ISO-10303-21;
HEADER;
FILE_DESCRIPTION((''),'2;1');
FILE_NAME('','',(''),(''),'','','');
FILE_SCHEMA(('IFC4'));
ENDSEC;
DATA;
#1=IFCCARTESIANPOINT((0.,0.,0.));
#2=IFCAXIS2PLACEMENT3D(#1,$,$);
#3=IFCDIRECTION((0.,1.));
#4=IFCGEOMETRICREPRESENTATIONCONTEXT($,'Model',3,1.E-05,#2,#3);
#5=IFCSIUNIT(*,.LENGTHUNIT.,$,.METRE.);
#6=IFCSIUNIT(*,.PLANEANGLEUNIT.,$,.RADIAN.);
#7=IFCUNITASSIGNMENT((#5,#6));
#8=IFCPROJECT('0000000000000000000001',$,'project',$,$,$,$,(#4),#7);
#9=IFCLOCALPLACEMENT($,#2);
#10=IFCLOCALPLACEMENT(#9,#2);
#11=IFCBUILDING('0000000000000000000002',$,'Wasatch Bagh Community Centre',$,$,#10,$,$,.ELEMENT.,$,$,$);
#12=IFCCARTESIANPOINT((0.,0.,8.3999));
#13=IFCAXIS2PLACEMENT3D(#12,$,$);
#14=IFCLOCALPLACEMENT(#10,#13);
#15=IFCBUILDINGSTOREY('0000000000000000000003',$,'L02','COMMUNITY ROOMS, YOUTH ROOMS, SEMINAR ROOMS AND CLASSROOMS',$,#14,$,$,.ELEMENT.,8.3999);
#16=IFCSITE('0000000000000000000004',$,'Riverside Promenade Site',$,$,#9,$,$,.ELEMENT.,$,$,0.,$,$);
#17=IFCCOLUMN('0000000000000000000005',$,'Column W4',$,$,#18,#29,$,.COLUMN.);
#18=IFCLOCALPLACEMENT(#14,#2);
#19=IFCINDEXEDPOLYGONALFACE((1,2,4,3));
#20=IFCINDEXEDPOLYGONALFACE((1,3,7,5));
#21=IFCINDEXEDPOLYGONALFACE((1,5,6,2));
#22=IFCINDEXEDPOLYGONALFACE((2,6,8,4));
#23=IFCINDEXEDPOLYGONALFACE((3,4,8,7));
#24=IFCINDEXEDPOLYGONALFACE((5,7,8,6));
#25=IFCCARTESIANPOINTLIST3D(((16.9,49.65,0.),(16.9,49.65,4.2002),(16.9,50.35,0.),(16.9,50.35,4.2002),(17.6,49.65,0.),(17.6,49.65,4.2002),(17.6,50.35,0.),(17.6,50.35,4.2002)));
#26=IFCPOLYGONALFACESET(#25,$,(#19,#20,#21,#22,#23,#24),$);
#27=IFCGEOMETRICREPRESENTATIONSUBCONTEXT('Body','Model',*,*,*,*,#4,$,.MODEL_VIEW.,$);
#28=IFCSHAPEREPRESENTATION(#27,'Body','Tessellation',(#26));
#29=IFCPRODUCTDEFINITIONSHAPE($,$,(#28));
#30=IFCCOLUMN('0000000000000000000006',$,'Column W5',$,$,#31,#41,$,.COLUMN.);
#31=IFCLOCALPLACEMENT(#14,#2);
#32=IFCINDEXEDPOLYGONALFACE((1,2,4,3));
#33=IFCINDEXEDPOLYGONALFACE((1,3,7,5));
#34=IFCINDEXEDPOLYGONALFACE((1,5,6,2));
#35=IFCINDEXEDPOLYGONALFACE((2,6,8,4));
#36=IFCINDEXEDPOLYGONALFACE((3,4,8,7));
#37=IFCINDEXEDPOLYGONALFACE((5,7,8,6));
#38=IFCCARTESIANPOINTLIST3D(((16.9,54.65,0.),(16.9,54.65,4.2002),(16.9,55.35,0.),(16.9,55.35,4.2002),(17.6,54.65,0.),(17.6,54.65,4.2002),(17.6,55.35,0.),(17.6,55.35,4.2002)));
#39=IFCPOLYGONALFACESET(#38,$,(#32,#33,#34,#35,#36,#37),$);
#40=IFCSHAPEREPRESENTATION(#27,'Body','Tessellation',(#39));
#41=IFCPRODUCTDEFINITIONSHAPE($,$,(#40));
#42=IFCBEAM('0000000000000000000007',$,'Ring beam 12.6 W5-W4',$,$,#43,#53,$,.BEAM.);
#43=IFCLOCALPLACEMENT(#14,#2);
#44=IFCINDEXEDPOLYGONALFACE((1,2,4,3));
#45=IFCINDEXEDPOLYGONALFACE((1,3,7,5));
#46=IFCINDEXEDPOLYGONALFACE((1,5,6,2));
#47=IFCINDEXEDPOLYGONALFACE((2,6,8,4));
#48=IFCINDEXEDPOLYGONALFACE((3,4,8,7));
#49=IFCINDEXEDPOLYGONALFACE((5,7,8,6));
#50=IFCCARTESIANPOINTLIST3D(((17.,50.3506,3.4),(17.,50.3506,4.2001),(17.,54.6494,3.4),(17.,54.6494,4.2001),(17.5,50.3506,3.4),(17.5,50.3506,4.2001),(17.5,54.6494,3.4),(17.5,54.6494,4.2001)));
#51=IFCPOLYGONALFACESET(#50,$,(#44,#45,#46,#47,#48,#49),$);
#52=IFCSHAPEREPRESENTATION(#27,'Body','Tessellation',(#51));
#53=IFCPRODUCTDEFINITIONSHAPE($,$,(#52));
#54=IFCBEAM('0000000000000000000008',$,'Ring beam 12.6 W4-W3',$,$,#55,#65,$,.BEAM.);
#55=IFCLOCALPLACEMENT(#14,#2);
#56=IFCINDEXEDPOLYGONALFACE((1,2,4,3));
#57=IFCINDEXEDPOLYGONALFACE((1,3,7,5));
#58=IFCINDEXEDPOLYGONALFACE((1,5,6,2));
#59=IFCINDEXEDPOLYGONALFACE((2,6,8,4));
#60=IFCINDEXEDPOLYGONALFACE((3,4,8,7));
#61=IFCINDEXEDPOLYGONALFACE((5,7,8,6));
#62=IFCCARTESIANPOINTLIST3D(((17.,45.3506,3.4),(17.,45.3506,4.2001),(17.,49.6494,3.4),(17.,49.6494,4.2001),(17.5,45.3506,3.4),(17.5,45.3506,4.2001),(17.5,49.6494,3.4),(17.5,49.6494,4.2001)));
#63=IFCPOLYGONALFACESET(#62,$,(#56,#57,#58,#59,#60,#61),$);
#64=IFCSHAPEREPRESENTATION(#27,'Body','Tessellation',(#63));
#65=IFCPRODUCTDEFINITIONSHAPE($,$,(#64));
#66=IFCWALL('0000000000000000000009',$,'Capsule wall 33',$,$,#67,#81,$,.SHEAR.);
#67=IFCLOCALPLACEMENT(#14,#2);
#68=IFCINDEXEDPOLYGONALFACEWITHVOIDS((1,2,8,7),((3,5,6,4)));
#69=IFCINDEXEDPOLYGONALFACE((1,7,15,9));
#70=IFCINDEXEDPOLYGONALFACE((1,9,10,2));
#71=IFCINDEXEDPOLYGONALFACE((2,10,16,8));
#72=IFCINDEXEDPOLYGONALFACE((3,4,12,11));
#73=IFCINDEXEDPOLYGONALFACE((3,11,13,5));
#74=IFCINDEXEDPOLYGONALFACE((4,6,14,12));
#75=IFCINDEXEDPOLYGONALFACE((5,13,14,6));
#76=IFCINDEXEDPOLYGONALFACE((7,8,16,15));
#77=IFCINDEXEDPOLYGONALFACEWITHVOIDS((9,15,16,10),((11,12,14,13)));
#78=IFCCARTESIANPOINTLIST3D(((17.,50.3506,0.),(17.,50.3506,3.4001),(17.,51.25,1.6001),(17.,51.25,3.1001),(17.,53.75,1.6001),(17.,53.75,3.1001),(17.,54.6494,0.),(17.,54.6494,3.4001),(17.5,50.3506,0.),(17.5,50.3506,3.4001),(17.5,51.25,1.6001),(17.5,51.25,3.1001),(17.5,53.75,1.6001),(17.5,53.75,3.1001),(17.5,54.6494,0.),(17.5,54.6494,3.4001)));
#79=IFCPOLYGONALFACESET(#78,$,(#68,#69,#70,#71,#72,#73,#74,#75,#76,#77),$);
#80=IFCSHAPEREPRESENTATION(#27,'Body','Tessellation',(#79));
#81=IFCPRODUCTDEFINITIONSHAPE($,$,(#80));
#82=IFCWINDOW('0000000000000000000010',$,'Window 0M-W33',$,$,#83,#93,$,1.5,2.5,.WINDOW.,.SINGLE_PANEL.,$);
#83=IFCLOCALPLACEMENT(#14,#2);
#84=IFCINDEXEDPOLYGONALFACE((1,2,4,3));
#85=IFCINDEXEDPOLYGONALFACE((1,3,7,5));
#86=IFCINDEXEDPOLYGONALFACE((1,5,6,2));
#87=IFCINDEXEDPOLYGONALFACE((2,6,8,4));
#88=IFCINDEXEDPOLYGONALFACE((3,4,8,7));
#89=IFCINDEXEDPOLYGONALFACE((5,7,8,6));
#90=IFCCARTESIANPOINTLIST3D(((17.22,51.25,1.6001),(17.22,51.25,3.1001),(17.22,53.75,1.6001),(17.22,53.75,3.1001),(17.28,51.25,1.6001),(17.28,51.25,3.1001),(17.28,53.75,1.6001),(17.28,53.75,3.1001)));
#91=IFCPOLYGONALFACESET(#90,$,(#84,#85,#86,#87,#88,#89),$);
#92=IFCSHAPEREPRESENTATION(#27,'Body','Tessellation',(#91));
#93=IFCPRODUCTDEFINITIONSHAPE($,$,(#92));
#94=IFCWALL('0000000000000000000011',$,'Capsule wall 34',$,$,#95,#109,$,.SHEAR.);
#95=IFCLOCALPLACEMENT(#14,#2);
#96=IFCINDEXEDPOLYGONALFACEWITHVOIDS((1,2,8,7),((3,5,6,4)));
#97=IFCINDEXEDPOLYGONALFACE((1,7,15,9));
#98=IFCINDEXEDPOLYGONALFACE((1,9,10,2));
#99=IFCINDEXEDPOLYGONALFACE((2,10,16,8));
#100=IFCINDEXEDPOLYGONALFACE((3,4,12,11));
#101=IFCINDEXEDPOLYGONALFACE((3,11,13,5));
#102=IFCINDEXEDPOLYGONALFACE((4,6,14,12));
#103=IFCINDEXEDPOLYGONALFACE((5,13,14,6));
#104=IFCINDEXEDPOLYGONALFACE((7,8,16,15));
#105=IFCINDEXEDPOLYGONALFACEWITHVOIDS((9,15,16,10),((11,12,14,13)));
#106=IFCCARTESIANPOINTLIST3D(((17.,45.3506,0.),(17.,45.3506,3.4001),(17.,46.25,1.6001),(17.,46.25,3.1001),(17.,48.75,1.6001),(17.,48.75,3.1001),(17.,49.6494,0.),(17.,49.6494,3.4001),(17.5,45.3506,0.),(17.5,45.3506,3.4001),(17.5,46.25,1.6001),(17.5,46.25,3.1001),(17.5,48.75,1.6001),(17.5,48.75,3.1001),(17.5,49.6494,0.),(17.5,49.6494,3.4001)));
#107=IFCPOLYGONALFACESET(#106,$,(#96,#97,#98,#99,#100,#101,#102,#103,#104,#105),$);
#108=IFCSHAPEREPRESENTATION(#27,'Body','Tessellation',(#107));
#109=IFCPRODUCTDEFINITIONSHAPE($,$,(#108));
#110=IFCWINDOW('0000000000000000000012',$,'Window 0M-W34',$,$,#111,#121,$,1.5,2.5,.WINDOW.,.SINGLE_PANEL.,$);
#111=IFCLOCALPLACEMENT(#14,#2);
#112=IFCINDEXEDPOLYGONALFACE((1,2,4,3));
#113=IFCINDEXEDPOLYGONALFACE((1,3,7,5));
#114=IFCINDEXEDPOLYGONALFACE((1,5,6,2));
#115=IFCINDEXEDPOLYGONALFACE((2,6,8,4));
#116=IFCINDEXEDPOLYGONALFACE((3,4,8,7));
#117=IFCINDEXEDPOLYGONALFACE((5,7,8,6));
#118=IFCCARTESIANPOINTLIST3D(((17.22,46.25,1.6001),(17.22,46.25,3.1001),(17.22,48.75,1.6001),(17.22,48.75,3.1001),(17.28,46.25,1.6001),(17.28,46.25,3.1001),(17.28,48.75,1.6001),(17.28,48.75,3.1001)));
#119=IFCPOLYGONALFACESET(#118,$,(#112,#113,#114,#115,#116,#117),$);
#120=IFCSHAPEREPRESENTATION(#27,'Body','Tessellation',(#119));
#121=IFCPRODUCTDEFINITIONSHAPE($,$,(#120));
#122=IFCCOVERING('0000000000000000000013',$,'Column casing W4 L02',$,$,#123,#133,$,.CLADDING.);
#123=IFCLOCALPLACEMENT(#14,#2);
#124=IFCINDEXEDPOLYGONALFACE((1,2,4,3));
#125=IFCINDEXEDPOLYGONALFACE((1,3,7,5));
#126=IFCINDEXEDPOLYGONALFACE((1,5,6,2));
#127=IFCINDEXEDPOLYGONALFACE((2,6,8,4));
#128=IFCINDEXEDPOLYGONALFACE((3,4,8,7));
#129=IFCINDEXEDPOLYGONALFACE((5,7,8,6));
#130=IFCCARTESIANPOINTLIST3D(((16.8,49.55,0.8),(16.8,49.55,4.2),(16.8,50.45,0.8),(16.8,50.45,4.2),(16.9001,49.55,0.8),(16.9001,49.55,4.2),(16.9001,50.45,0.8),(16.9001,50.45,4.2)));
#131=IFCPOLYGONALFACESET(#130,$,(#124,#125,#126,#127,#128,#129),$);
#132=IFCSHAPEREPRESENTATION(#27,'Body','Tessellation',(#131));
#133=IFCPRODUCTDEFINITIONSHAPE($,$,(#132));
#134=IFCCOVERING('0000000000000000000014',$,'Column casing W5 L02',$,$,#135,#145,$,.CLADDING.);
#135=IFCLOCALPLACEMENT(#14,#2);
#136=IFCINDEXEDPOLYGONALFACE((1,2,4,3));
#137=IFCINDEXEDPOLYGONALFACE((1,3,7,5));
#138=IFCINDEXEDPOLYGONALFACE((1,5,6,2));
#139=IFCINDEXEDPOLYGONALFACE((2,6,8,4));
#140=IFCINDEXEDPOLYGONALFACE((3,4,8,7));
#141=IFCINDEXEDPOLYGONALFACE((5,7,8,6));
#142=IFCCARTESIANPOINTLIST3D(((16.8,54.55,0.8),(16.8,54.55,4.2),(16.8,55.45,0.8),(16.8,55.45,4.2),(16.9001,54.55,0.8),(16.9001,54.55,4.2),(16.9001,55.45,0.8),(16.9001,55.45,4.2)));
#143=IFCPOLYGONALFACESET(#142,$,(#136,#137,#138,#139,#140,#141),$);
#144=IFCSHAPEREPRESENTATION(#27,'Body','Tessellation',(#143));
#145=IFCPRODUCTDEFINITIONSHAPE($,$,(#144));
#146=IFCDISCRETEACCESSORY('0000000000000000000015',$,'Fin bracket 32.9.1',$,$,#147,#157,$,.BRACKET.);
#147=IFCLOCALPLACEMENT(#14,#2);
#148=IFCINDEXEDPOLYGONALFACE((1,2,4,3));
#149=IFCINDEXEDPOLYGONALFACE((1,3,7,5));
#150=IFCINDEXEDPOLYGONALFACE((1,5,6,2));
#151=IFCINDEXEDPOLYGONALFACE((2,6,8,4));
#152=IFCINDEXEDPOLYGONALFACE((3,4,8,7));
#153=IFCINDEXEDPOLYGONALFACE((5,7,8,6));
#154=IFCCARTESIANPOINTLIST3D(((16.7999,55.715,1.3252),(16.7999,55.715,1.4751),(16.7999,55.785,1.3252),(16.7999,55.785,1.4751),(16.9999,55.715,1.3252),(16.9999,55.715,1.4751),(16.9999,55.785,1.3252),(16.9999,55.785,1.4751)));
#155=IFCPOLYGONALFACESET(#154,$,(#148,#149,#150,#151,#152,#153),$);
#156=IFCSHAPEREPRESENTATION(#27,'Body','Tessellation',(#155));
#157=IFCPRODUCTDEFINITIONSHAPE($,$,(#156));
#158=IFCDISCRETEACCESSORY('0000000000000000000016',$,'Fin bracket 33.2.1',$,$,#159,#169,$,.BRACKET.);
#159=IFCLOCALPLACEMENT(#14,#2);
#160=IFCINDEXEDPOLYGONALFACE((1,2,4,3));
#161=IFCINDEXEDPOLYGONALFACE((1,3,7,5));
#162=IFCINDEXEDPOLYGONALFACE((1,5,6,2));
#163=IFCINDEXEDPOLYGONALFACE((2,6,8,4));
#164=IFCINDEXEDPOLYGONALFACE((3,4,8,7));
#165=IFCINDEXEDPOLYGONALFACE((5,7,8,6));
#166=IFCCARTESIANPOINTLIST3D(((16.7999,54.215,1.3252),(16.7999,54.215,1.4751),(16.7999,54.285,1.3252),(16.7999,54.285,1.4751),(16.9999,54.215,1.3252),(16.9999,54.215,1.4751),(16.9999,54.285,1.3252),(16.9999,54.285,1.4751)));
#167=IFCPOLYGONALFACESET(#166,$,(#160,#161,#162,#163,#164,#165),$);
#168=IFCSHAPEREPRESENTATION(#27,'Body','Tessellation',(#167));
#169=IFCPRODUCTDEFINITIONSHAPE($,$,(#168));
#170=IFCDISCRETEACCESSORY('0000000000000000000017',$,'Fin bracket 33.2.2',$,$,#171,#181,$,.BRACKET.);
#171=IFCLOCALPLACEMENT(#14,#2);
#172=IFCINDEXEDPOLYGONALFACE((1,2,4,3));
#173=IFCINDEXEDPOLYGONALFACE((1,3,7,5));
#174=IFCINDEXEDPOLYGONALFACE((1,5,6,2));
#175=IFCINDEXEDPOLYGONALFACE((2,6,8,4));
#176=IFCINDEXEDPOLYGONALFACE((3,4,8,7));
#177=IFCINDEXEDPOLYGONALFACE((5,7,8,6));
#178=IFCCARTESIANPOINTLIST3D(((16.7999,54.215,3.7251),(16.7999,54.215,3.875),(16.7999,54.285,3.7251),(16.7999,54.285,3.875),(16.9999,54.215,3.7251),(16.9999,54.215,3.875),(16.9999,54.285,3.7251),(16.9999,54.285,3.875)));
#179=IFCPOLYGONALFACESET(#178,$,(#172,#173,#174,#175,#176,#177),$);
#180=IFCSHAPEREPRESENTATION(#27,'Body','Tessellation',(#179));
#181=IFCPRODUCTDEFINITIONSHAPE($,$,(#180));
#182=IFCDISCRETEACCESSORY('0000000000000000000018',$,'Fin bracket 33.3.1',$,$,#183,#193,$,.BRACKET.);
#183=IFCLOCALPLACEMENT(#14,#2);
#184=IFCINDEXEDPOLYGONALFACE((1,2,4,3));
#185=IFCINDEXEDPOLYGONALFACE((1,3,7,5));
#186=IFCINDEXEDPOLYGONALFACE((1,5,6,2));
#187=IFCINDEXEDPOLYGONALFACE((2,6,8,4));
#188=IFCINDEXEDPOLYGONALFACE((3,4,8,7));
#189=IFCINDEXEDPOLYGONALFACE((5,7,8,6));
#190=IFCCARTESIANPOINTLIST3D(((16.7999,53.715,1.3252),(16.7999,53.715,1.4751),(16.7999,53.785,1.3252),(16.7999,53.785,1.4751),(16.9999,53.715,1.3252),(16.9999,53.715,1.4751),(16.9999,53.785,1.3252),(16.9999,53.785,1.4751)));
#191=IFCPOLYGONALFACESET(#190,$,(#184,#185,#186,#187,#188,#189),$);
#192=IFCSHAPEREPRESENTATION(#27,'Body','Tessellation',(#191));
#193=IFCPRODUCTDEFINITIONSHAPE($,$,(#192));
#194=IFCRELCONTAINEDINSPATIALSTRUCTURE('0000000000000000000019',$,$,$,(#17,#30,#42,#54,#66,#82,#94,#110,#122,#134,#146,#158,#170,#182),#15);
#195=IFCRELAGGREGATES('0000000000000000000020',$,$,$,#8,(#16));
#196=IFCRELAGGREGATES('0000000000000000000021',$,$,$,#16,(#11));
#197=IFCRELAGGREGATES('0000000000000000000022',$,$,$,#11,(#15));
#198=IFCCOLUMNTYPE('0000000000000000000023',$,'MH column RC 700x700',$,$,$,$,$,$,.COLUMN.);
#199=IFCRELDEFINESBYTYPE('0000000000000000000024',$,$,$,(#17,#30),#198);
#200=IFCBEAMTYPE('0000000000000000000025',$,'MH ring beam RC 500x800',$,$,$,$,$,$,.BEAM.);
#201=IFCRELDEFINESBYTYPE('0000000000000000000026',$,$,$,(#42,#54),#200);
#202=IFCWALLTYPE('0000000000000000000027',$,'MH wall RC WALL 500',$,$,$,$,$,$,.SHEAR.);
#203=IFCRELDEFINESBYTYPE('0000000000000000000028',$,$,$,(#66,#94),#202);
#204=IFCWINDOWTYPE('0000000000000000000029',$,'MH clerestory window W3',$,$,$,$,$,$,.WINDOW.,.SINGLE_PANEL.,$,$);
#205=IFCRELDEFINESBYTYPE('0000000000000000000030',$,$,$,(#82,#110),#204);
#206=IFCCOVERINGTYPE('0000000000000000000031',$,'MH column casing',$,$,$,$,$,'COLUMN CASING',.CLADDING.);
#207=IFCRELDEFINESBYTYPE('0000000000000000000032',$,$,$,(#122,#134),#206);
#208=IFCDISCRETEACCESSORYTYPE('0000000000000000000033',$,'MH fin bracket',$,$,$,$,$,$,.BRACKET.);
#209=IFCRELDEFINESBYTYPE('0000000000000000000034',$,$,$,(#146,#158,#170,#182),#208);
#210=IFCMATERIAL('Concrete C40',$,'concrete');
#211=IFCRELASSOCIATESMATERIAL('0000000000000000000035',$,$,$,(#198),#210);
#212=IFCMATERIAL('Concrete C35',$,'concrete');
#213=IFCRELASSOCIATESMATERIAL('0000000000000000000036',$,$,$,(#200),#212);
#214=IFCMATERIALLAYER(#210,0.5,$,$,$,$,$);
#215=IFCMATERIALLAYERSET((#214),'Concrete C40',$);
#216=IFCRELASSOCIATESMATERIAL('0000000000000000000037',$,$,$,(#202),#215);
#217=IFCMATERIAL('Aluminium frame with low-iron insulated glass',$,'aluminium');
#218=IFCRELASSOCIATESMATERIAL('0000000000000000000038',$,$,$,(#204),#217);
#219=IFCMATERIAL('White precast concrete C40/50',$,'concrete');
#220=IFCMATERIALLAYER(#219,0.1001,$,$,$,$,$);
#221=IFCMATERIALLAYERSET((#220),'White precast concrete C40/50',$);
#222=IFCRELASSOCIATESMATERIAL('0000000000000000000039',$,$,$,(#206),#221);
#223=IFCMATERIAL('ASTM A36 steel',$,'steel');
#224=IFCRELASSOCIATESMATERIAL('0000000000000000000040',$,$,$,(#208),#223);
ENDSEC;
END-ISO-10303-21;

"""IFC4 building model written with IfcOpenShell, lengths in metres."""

from ifc_helpers import new_model, si_unit, direction, frame, frame_2d, origin, origin_2d, place, context, subcontext, project, spatial, rectangle, extrude, material, layer, layer_set, material_profile, profile_set, type_object, element, fill, save


model = new_model("IFC4")

# Units and contexts
model_context = context("Model", 3, precision=1e-05, world=origin(), true_north=direction((0.0, 1.0)))
body_context = subcontext(model_context, "Body", "Model", "MODEL_VIEW")
ifc_project = project(units=[si_unit("LENGTHUNIT", "METRE"), si_unit("PLANEANGLEUNIT", "RADIAN")], contexts=[model_context])

# Site, building, storey
site_placement = place(None, origin())
site = spatial("IfcSite", under=ifc_project, at=site_placement, Name="Riverside Promenade Site", CompositionType="ELEMENT", RefElevation=0.0)
building_placement = place(site_placement, origin())
building = spatial("IfcBuilding", under=site, at=building_placement, Name="Wasatch Bagh Community Centre", CompositionType="ELEMENT")
storey_placement = place(building_placement, frame((0.0, 0.0, 8.3999)))
storey = spatial("IfcBuildingStorey", under=building, at=storey_placement, Name="L02", Description="COMMUNITY ROOMS, YOUTH ROOMS, SEMINAR ROOMS AND CLASSROOMS", CompositionType="ELEMENT", Elevation=8.3999)

# Columns
ifc_material_1 = material(Name="Concrete C40", Category="concrete")
ifc_material_profile_1 = material_profile(ifc_material_1, rectangle(XDim=0.7, YDim=0.7, at=origin_2d()), Name="RC 700x700")
ifc_profile_set_1 = profile_set([ifc_material_profile_1], Name="Concrete C40")
column_type = type_object("IfcColumnType", Name="MH column RC 700x700", PredefinedType="COLUMN", material=ifc_profile_set_1)
for number, where, z_axis, x_axis, name in (
    (1, (17.25, 50.0, 0.0), (0.0, 0.0, 1.0), (1.0, 0.0, 0.0), "Column W4"),
    (2, (17.25, 55.0, 0.0), (0.0, 0.0, 1.0), (1.0, 0.0, 0.0), "Column W5"),
):
    element("IfcColumn", number, at=place(storey_placement, frame(where, z_axis=z_axis, x_axis=x_axis)), inside=storey, type_object=column_type, Name=name, PredefinedType="COLUMN", context=body_context, shape_type="SweptSolid", body=[
        extrude(rectangle(XDim=0.7, YDim=0.7, at=origin_2d()), origin(), (0.0, 0.0, 1.0), 4.2002),
    ])

# Beams
ifc_material_2 = material(Name="Concrete C35", Category="concrete")
ifc_material_profile_2 = material_profile(ifc_material_2, rectangle(XDim=0.5, YDim=0.8, at=origin_2d()), Name="RC 500x800")
ifc_profile_set_2 = profile_set([ifc_material_profile_2], Name="Concrete C35")
beam_type = type_object("IfcBeamType", Name="MH ring beam RC 500x800", PredefinedType="BEAM", material=ifc_profile_set_2)
for number, where, z_axis, x_axis, name in (
    (3, (17.25, 54.6494, 3.8), (0.0, -1.0, 0.0), (1.0, 0.0, 0.0), "Ring beam 12.6 W5-W4"),
    (4, (17.25, 49.6494, 3.8), (0.0, -1.0, 0.0), (1.0, 0.0, 0.0), "Ring beam 12.6 W4-W3"),
):
    element("IfcBeam", number, at=place(storey_placement, frame(where, z_axis=z_axis, x_axis=x_axis)), inside=storey, type_object=beam_type, Name=name, PredefinedType="BEAM", context=body_context, shape_type="SweptSolid", body=[
        extrude(rectangle(XDim=0.5, YDim=0.8, at=origin_2d()), origin(), (0.0, 0.0, 1.0), 4.2988),
    ])

# Walls, openings, windows
ifc_layer_1 = layer(ifc_material_1, 0.5)
ifc_layer_set_1 = layer_set([ifc_layer_1], Name="Concrete C40")
wall_type = type_object("IfcWallType", Name="MH wall RC WALL 500", PredefinedType="SHEAR", material=ifc_layer_set_1)
wall_1_placement = place(storey_placement, frame((17.25, 54.6494, 0.0), z_axis=(0.0, 0.0, 1.0), x_axis=(0.0, -1.0, 0.0)))
wall_1 = element("IfcWall", 5, at=wall_1_placement, inside=storey, type_object=wall_type, Name="Capsule wall 33", PredefinedType="SHEAR", context=body_context, shape_type="SweptSolid", body=[
    extrude(rectangle(XDim=4.2988, YDim=0.5, at=frame_2d((2.1494, 0.0))), origin(), (0.0, 0.0, 1.0), 3.4001),
])
opening_1_placement = place(wall_1_placement, frame((0.8994, 0.0, 1.6001)))
opening_1 = element("IfcOpeningElement", 6, at=opening_1_placement, cuts=wall_1, PredefinedType="OPENING", context=body_context, shape_type="SweptSolid", body=[
    extrude(rectangle(XDim=2.5, YDim=1.5, at=frame_2d((1.25, 0.75))), frame((0.0, 0.26, 0.0), z_axis=(0.0, -1.0, 0.0), x_axis=(1.0, 0.0, 0.0)), (0.0, 0.0, 1.0), 0.52),
])
ifc_material_3 = material(Name="Aluminium frame with low-iron insulated glass", Category="aluminium")
window_type = type_object("IfcWindowType", Name="MH clerestory window W3", PartitioningType="SINGLE_PANEL", PredefinedType="WINDOW", material=ifc_material_3)
window_1_placement = place(opening_1_placement, origin())
window_1 = element("IfcWindow", 7, at=window_1_placement, inside=storey, type_object=window_type, Name="Window 0M-W33", OverallHeight=1.5, OverallWidth=2.5, PartitioningType="SINGLE_PANEL", PredefinedType="WINDOW", context=body_context, shape_type="SweptSolid", body=[
    extrude(rectangle(XDim=2.5, YDim=1.5, at=frame_2d((1.25, 0.75))), frame((0.0, 0.03, 0.0), z_axis=(0.0, -1.0, 0.0), x_axis=(1.0, 0.0, 0.0)), (0.0, 0.0, 1.0), 0.0601),
])
fill(opening_1, window_1)
wall_2_placement = place(storey_placement, frame((17.25, 49.6494, 0.0), z_axis=(0.0, 0.0, 1.0), x_axis=(0.0, -1.0, 0.0)))
wall_2 = element("IfcWall", 8, at=wall_2_placement, inside=storey, type_object=wall_type, Name="Capsule wall 34", PredefinedType="SHEAR", context=body_context, shape_type="SweptSolid", body=[
    extrude(rectangle(XDim=4.2988, YDim=0.5, at=frame_2d((2.1494, 0.0))), origin(), (0.0, 0.0, 1.0), 3.4001),
])
opening_2_placement = place(wall_2_placement, frame((0.8994, 0.0, 1.6001)))
opening_2 = element("IfcOpeningElement", 9, at=opening_2_placement, cuts=wall_2, PredefinedType="OPENING", context=body_context, shape_type="SweptSolid", body=[
    extrude(rectangle(XDim=2.5, YDim=1.5, at=frame_2d((1.25, 0.75))), frame((0.0, 0.26, 0.0), z_axis=(0.0, -1.0, 0.0), x_axis=(1.0, 0.0, 0.0)), (0.0, 0.0, 1.0), 0.52),
])
window_2_placement = place(opening_2_placement, origin())
window_2 = element("IfcWindow", 10, at=window_2_placement, inside=storey, type_object=window_type, Name="Window 0M-W34", OverallHeight=1.5, OverallWidth=2.5, PartitioningType="SINGLE_PANEL", PredefinedType="WINDOW", context=body_context, shape_type="SweptSolid", body=[
    extrude(rectangle(XDim=2.5, YDim=1.5, at=frame_2d((1.25, 0.75))), frame((0.0, 0.03, 0.0), z_axis=(0.0, -1.0, 0.0), x_axis=(1.0, 0.0, 0.0)), (0.0, 0.0, 1.0), 0.0601),
])
fill(opening_2, window_2)

# Coverings
ifc_material_4 = material(Name="White precast concrete C40/50", Category="concrete")
ifc_layer_2 = layer(ifc_material_4, 0.1001)
ifc_layer_set_2 = layer_set([ifc_layer_2], Name="White precast concrete C40/50")
covering_type = type_object("IfcCoveringType", Name="MH column casing", ElementType="COLUMN CASING", PredefinedType="CLADDING", material=ifc_layer_set_2)
for number, where, z_axis, x_axis, name in (
    (11, (16.8501, 50.0, 0.8), (0.0, 0.0, 1.0), (0.0, -1.0, 0.0), "Column casing W4 L02"),
    (12, (16.8501, 55.0, 0.8), (0.0, 0.0, 1.0), (0.0, -1.0, 0.0), "Column casing W5 L02"),
):
    element("IfcCovering", number, at=place(storey_placement, frame(where, z_axis=z_axis, x_axis=x_axis)), inside=storey, type_object=covering_type, Name=name, PredefinedType="CLADDING", context=body_context, shape_type="SweptSolid", body=[
        extrude(rectangle(XDim=0.8999, YDim=0.1001, at=origin_2d()), origin(), (0.0, 0.0, 1.0), 3.3999),
    ])

# Discrete accessories
ifc_material_5 = material(Name="ASTM A36 steel", Category="steel")
discrete_accessory_type = type_object("IfcDiscreteAccessoryType", Name="MH fin bracket", PredefinedType="BRACKET", material=ifc_material_5)
for number, where, z_axis, x_axis, name in (
    (13, (16.8999, 55.75, 1.3252), (0.0, 0.0, 1.0), (0.0, -1.0, 0.0), "Fin bracket 32.9.1"),
    (14, (16.8999, 54.25, 1.3252), (0.0, 0.0, 1.0), (0.0, -1.0, 0.0), "Fin bracket 33.2.1"),
    (15, (16.8999, 54.25, 3.7251), (0.0, 0.0, 1.0), (0.0, -1.0, 0.0), "Fin bracket 33.2.2"),
    (16, (16.8999, 53.75, 1.3252), (0.0, 0.0, 1.0), (0.0, -1.0, 0.0), "Fin bracket 33.3.1"),
):
    element("IfcDiscreteAccessory", number, at=place(storey_placement, frame(where, z_axis=z_axis, x_axis=x_axis)), inside=storey, type_object=discrete_accessory_type, Name=name, PredefinedType="BRACKET", context=body_context, shape_type="SweptSolid", body=[
        extrude(rectangle(XDim=0.0701, YDim=0.2, at=origin_2d()), origin(), (0.0, 0.0, 1.0), 0.1499),
    ])

save(model, "model.ifc")
